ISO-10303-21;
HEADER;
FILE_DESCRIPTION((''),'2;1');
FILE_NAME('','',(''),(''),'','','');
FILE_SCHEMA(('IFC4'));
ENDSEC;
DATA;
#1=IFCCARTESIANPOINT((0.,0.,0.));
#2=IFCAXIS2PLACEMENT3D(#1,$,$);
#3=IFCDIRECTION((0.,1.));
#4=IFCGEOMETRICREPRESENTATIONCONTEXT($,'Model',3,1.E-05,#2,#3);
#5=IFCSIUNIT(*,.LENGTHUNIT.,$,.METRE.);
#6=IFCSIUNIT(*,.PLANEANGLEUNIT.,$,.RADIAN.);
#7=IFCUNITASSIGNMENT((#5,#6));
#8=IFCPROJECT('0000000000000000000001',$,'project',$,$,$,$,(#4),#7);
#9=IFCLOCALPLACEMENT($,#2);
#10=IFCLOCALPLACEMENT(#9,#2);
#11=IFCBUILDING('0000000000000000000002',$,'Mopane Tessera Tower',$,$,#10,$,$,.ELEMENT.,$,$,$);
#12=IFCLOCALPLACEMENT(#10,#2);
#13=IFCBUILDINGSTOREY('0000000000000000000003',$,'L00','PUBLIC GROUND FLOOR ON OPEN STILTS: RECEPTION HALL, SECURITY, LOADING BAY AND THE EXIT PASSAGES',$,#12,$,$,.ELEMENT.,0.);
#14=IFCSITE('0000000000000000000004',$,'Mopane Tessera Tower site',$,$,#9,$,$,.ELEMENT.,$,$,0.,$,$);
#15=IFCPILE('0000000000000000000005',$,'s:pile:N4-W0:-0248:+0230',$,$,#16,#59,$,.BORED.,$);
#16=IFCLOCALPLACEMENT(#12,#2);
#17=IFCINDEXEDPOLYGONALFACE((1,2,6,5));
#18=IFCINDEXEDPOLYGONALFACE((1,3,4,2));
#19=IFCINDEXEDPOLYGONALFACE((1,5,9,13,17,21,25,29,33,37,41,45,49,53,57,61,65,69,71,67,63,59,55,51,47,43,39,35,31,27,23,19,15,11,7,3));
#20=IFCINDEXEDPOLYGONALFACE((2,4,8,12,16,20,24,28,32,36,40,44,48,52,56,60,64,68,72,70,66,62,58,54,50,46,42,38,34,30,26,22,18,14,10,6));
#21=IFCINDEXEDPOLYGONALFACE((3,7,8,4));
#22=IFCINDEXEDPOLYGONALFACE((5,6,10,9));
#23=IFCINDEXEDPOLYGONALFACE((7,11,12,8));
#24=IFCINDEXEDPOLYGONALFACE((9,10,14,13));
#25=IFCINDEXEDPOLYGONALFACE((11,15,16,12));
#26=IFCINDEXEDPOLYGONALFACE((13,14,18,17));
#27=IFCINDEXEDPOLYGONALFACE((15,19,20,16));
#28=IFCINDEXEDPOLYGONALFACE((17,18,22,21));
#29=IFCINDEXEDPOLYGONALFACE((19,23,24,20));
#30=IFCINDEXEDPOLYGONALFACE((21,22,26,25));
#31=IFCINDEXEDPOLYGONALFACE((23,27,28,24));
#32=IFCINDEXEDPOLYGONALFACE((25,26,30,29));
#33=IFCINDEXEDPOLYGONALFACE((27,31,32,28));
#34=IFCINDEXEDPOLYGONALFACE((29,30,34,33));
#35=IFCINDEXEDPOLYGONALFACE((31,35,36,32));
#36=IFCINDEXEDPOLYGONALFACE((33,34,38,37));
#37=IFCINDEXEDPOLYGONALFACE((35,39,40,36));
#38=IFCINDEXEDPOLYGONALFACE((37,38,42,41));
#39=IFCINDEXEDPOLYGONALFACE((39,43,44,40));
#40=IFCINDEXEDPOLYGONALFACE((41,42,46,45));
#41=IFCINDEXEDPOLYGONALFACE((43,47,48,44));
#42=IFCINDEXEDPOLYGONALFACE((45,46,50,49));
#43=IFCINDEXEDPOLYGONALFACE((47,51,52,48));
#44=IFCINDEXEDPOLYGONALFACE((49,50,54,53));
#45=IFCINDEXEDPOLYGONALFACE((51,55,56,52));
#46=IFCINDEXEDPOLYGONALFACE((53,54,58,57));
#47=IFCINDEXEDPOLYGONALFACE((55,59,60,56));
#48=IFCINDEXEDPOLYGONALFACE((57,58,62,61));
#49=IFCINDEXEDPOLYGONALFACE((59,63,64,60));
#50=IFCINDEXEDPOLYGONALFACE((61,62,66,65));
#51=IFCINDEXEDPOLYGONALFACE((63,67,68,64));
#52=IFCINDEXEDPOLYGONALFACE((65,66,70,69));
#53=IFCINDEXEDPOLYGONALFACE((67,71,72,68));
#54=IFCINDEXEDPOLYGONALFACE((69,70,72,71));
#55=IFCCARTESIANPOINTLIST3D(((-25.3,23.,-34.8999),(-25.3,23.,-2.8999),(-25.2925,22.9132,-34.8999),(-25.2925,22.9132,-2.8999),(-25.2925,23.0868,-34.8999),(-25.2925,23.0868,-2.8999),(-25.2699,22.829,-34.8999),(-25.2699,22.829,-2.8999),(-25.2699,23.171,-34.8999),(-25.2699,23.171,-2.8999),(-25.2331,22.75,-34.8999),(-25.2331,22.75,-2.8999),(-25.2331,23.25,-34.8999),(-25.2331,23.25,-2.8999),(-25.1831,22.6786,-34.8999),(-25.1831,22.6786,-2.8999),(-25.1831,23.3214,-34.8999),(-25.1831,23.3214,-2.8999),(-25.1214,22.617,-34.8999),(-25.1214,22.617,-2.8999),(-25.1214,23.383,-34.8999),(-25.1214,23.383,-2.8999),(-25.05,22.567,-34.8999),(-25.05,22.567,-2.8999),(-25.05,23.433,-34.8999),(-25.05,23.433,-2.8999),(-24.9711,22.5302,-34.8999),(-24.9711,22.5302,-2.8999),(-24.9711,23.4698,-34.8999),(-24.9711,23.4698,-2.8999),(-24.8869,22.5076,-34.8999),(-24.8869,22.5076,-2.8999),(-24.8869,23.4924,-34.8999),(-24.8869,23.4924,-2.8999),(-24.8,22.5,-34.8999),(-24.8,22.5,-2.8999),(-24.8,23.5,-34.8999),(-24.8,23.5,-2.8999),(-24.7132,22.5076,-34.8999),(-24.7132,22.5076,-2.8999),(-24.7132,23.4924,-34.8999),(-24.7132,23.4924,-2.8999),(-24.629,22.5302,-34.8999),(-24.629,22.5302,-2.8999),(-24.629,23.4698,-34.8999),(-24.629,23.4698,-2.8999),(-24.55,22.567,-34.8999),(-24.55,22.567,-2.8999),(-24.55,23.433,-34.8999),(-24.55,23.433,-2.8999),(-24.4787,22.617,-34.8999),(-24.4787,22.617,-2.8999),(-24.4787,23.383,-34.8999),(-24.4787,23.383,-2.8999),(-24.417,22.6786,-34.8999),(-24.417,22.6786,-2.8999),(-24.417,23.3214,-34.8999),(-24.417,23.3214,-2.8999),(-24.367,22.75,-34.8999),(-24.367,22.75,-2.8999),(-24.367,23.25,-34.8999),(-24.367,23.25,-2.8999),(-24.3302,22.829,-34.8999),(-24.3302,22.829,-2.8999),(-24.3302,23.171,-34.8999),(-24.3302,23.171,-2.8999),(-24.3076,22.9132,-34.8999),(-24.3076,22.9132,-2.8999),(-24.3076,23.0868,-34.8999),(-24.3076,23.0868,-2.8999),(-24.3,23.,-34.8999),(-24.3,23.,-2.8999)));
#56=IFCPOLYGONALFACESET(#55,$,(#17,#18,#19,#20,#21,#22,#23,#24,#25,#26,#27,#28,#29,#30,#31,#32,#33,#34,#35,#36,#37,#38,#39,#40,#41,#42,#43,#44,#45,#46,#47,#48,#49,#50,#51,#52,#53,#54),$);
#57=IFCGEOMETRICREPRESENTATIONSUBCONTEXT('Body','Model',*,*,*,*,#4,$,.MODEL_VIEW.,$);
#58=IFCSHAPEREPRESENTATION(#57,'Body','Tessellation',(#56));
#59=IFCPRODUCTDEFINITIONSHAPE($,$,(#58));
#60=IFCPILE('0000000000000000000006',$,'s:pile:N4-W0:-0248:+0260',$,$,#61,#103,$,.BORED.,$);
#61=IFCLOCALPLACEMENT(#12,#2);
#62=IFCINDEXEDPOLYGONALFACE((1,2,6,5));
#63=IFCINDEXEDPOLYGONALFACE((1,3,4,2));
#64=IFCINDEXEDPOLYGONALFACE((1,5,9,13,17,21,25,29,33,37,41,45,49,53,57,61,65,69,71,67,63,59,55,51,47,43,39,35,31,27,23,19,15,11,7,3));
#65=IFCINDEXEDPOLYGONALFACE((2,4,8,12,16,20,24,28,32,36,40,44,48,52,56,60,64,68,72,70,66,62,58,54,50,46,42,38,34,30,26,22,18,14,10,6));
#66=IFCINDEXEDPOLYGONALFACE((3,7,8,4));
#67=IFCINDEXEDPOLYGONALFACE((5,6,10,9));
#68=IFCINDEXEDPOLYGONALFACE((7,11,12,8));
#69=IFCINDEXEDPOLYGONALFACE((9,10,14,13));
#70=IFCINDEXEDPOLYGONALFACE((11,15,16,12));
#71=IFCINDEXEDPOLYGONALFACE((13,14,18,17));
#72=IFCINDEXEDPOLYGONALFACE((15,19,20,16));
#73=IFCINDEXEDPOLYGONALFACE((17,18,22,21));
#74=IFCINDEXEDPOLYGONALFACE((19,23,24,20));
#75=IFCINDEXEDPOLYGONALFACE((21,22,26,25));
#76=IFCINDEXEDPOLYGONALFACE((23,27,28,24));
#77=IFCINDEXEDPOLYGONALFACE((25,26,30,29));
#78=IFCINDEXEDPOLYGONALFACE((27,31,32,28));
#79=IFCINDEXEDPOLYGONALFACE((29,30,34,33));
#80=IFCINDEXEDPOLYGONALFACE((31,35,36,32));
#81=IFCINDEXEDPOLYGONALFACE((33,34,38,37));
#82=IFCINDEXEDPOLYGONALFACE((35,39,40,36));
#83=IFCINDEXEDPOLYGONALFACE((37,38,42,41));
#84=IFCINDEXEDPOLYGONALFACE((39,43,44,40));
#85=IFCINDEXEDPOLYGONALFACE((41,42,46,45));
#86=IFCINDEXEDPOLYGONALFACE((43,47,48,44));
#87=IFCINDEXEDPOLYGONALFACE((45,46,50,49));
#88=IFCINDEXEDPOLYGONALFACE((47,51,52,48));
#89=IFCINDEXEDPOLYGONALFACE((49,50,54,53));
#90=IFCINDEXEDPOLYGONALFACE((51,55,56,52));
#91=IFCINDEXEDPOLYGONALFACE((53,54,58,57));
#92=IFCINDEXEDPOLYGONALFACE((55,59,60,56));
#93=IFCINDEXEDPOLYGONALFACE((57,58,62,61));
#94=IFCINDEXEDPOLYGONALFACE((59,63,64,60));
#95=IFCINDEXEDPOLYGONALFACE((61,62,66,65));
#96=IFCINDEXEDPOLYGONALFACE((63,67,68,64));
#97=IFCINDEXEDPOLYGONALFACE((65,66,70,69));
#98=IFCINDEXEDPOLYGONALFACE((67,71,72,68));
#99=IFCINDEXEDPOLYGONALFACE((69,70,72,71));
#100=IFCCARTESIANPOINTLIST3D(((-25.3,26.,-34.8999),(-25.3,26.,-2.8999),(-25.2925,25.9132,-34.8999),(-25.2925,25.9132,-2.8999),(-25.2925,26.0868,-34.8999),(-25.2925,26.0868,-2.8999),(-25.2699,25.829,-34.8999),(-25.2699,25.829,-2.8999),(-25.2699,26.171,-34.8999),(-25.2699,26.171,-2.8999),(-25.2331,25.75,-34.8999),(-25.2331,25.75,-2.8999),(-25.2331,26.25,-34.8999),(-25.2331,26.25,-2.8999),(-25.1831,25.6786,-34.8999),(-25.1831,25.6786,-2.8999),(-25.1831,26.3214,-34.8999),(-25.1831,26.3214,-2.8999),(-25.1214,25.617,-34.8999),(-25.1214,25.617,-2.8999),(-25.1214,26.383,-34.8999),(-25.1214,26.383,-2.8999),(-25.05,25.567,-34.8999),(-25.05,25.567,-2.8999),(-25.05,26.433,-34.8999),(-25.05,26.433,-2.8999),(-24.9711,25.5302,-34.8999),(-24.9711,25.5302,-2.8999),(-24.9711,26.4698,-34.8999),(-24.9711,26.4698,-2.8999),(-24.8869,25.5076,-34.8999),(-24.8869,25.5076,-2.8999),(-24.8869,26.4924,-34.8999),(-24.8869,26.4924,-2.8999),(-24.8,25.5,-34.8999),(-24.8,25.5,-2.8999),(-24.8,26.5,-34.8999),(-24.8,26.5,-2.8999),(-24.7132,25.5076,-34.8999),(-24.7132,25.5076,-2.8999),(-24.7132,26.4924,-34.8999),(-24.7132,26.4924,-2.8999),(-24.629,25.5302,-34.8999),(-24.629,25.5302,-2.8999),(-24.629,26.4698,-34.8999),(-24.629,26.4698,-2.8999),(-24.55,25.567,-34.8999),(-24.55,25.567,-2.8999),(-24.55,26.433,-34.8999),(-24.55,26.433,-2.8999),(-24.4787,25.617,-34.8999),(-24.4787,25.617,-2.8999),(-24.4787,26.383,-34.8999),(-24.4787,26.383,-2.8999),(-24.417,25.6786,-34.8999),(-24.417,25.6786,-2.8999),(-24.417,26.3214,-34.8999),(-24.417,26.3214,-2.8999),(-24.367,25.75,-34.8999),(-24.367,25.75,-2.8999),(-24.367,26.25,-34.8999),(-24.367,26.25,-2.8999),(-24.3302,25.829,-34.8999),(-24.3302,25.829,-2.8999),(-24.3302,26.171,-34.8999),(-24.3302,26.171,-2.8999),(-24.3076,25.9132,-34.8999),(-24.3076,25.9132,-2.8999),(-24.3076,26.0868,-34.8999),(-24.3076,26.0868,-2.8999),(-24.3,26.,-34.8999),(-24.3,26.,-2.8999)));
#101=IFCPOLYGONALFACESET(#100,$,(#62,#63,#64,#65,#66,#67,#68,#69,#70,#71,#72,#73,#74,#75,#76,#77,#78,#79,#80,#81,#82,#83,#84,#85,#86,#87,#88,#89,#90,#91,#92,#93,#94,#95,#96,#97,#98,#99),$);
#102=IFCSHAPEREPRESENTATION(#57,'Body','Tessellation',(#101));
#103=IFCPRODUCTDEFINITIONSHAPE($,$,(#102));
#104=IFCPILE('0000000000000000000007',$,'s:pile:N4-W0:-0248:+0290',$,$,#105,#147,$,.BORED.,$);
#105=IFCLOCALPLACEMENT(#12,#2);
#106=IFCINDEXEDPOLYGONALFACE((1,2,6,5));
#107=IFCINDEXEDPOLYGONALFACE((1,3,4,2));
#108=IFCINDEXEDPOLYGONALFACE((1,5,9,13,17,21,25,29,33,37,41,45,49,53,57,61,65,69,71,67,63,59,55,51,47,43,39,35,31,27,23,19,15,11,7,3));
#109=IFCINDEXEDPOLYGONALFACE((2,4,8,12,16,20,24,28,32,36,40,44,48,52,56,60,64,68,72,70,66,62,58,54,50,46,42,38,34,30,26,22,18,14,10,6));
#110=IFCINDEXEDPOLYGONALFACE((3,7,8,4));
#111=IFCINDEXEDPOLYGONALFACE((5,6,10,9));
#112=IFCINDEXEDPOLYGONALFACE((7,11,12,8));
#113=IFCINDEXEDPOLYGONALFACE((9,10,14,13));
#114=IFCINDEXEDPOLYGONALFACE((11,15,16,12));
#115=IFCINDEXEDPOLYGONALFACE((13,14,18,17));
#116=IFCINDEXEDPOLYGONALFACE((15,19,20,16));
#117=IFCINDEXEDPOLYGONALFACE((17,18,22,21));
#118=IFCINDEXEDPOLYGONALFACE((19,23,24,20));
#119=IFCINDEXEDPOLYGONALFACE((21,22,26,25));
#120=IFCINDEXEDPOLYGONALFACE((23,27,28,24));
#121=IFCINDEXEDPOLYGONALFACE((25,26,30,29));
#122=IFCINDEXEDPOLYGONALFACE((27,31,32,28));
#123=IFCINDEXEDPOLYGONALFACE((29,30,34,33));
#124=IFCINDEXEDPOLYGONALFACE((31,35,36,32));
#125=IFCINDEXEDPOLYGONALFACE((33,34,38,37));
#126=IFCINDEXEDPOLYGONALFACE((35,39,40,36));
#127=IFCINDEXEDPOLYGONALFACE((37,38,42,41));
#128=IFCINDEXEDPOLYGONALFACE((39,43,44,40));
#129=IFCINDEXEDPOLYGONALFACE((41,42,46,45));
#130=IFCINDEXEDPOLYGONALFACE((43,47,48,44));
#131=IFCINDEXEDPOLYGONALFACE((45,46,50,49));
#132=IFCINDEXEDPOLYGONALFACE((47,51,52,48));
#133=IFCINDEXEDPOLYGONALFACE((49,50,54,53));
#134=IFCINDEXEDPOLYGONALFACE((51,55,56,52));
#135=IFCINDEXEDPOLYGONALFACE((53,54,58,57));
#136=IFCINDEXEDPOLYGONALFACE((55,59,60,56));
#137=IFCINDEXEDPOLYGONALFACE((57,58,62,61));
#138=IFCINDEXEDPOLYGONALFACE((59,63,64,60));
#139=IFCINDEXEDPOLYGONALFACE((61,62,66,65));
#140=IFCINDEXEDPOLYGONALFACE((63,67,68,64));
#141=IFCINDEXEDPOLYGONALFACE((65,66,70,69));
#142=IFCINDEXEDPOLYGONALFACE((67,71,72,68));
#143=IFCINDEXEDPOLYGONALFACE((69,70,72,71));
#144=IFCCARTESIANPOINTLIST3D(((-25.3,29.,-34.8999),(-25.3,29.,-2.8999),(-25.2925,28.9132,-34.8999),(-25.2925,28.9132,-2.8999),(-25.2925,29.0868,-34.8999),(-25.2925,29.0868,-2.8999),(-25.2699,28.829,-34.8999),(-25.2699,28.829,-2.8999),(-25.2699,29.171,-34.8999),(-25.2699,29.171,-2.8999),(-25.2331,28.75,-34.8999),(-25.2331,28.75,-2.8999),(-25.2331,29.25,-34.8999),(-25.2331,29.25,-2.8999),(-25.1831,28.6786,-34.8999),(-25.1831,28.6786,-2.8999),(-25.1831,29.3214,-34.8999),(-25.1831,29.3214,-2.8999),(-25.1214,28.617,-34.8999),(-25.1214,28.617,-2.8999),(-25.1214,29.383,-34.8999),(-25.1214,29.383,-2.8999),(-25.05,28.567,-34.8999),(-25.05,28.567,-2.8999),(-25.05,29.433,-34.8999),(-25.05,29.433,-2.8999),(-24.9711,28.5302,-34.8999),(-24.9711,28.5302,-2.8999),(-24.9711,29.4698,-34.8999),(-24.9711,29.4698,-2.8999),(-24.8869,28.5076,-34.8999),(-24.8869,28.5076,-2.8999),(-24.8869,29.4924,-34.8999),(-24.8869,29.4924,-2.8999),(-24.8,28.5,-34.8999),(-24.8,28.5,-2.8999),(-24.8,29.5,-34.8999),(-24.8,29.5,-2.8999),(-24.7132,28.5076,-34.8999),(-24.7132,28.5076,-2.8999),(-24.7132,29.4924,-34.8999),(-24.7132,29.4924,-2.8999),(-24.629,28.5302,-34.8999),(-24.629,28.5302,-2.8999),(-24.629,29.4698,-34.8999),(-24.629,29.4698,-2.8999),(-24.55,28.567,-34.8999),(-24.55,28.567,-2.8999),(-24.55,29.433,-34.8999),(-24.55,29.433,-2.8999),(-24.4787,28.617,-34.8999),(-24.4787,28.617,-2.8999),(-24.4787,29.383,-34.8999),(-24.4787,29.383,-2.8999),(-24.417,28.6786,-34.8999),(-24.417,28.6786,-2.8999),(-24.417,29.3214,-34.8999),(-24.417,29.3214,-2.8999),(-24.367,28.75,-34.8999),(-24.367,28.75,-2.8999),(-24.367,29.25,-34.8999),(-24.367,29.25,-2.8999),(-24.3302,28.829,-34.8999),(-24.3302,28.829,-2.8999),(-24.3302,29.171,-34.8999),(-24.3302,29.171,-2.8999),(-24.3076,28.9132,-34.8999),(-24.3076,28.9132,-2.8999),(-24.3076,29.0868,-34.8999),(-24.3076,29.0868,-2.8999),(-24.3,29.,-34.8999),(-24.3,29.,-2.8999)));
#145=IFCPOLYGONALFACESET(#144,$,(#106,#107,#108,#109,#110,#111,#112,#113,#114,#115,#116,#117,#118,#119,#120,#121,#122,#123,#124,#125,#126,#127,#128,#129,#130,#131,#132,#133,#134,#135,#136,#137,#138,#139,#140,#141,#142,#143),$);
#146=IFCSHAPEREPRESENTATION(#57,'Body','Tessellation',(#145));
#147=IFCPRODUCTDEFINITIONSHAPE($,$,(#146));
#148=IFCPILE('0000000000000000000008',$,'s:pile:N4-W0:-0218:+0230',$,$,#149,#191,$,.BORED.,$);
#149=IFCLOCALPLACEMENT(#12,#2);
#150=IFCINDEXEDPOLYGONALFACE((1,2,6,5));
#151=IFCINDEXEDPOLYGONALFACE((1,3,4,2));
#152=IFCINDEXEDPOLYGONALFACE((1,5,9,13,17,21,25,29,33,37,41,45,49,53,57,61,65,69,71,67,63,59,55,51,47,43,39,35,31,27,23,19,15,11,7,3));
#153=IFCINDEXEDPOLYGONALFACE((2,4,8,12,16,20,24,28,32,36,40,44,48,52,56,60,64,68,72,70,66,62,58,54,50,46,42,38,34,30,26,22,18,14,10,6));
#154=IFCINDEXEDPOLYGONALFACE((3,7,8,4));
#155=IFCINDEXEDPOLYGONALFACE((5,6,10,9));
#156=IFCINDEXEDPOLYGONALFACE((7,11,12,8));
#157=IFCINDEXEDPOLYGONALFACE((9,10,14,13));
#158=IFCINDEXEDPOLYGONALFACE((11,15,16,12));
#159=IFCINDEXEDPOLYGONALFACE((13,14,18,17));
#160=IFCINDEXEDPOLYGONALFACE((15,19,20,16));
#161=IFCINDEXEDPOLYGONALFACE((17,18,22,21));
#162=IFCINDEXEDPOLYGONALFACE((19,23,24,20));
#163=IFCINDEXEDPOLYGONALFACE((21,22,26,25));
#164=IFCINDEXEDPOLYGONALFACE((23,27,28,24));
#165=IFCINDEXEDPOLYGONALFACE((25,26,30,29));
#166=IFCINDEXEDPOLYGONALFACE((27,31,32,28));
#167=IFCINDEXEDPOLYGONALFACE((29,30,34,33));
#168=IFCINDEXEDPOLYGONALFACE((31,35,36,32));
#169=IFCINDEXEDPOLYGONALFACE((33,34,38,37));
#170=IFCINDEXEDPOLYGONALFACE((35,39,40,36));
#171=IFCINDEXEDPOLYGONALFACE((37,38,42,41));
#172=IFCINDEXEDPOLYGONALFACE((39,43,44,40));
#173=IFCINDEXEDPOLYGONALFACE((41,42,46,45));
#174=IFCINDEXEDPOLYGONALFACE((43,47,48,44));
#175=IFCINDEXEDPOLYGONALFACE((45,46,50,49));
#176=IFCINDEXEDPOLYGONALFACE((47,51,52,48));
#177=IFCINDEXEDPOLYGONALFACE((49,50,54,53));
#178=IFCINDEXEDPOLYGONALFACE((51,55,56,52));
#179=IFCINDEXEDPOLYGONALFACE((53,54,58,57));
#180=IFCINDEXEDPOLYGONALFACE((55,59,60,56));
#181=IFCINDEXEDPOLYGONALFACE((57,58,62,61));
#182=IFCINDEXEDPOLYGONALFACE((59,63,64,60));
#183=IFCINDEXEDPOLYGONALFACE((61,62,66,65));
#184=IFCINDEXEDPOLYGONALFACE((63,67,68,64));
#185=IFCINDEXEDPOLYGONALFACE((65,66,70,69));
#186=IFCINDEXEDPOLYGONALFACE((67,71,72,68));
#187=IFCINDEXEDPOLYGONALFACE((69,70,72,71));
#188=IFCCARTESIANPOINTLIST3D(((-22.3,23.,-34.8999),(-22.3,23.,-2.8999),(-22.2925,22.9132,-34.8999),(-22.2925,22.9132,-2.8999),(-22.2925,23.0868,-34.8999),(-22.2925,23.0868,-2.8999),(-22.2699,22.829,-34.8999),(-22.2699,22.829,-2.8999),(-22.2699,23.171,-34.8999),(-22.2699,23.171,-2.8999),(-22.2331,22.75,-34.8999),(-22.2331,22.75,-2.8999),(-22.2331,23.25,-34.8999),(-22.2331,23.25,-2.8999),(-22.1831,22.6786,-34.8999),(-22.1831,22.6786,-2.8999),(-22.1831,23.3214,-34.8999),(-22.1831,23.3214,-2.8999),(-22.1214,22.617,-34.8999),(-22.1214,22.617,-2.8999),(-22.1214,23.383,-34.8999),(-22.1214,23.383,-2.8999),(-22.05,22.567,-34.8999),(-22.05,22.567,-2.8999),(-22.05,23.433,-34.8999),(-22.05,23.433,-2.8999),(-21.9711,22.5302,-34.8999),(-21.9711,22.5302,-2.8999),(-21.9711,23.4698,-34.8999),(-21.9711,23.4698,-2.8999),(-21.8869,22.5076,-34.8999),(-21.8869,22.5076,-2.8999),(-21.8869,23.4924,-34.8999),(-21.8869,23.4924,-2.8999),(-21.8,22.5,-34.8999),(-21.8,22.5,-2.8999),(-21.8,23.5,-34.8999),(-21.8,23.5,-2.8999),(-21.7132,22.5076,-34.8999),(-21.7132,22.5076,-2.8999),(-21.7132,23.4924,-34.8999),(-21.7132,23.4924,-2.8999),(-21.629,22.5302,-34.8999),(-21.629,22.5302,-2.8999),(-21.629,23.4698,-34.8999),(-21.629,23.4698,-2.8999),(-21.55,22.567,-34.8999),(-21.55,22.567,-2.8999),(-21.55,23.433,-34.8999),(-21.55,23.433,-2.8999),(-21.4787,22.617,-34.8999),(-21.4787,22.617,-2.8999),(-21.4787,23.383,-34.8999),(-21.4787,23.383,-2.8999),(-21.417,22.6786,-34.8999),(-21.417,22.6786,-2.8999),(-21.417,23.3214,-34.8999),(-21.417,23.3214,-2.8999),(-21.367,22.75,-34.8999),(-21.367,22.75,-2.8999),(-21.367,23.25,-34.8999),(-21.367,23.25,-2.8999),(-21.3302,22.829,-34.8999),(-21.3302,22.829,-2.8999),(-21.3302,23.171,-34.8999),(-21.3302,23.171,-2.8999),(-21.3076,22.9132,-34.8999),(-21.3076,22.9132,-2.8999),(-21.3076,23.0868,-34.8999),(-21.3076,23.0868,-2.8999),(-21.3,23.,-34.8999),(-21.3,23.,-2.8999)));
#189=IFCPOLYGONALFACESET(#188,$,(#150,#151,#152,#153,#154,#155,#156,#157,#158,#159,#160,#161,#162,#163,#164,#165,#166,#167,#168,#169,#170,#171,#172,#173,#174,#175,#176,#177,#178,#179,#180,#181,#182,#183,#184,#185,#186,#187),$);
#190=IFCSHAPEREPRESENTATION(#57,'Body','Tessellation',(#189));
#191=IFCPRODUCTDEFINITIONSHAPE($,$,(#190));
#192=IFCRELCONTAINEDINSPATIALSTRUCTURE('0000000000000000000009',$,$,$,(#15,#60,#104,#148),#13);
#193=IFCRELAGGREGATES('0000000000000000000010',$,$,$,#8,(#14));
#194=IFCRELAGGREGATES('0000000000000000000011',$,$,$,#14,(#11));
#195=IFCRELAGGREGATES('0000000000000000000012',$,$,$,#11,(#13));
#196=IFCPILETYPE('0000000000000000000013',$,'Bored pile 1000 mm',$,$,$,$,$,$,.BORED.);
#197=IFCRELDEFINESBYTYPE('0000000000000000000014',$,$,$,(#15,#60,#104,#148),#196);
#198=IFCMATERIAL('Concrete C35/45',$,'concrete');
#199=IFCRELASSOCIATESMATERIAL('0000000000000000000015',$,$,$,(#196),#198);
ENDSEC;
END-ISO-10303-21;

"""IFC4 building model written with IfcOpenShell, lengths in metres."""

from ifc_helpers import new_model, si_unit, direction, frame, origin, origin_2d, place, context, subcontext, project, spatial, circle, extrude, material, material_profile, profile_set, type_object, element, save


model = new_model("IFC4")

# Units and contexts
model_context = context("Model", 3, precision=1e-05, world=origin(), true_north=direction((0.0, 1.0)))
body_context = subcontext(model_context, "Body", "Model", "MODEL_VIEW")
ifc_project = project(units=[si_unit("LENGTHUNIT", "METRE"), si_unit("PLANEANGLEUNIT", "RADIAN")], contexts=[model_context])

# Site, building, storey
site_placement = place(None, origin())
site = spatial("IfcSite", under=ifc_project, at=site_placement, Name="Mopane Tessera Tower site", CompositionType="ELEMENT", RefElevation=0.0)
building_placement = place(site_placement, origin())
building = spatial("IfcBuilding", under=site, at=building_placement, Name="Mopane Tessera Tower", CompositionType="ELEMENT")
storey_placement = place(building_placement, origin())
storey = spatial("IfcBuildingStorey", under=building, at=storey_placement, Name="L00", Description="PUBLIC GROUND FLOOR ON OPEN STILTS: RECEPTION HALL, SECURITY, LOADING BAY AND THE EXIT PASSAGES", CompositionType="ELEMENT", Elevation=0.0)

# Piles
ifc_material_1 = material(Name="Concrete C35/45", Category="concrete")
ifc_material_profile_1 = material_profile(ifc_material_1, circle(Radius=0.5, at=origin_2d()))
ifc_profile_set_1 = profile_set([ifc_material_profile_1], Name="Concrete C35/45")
pile_type_1 = type_object("IfcPileType", Name="Bored pile 1000 mm", PredefinedType="BORED", material=ifc_profile_set_1)
for number, where, z_axis, x_axis, name in (
    (1, (-24.8, 23.0, -2.8999), (0.0, 0.0, -1.0), (1.0, 0.0, 0.0), "s:pile:N4-W0:-0248:+0230"),
    (2, (-24.8, 26.0, -2.8999), (0.0, 0.0, -1.0), (1.0, 0.0, 0.0), "s:pile:N4-W0:-0248:+0260"),
    (3, (-24.8, 29.0, -2.8999), (0.0, 0.0, -1.0), (1.0, 0.0, 0.0), "s:pile:N4-W0:-0248:+0290"),
    (4, (-21.8, 23.0, -2.8999), (0.0, 0.0, -1.0), (1.0, 0.0, 0.0), "s:pile:N4-W0:-0218:+0230"),
):
    element("IfcPile", number, at=place(storey_placement, frame(where, z_axis=z_axis, x_axis=x_axis)), inside=storey, type_object=pile_type_1, Name=name, PredefinedType="BORED", context=body_context, shape_type="SweptSolid", body=[
        extrude(circle(Radius=0.5, at=origin_2d()), origin(), (0.0, 0.0, 1.0), 32.0),
    ])

save(model, "model.ifc")
